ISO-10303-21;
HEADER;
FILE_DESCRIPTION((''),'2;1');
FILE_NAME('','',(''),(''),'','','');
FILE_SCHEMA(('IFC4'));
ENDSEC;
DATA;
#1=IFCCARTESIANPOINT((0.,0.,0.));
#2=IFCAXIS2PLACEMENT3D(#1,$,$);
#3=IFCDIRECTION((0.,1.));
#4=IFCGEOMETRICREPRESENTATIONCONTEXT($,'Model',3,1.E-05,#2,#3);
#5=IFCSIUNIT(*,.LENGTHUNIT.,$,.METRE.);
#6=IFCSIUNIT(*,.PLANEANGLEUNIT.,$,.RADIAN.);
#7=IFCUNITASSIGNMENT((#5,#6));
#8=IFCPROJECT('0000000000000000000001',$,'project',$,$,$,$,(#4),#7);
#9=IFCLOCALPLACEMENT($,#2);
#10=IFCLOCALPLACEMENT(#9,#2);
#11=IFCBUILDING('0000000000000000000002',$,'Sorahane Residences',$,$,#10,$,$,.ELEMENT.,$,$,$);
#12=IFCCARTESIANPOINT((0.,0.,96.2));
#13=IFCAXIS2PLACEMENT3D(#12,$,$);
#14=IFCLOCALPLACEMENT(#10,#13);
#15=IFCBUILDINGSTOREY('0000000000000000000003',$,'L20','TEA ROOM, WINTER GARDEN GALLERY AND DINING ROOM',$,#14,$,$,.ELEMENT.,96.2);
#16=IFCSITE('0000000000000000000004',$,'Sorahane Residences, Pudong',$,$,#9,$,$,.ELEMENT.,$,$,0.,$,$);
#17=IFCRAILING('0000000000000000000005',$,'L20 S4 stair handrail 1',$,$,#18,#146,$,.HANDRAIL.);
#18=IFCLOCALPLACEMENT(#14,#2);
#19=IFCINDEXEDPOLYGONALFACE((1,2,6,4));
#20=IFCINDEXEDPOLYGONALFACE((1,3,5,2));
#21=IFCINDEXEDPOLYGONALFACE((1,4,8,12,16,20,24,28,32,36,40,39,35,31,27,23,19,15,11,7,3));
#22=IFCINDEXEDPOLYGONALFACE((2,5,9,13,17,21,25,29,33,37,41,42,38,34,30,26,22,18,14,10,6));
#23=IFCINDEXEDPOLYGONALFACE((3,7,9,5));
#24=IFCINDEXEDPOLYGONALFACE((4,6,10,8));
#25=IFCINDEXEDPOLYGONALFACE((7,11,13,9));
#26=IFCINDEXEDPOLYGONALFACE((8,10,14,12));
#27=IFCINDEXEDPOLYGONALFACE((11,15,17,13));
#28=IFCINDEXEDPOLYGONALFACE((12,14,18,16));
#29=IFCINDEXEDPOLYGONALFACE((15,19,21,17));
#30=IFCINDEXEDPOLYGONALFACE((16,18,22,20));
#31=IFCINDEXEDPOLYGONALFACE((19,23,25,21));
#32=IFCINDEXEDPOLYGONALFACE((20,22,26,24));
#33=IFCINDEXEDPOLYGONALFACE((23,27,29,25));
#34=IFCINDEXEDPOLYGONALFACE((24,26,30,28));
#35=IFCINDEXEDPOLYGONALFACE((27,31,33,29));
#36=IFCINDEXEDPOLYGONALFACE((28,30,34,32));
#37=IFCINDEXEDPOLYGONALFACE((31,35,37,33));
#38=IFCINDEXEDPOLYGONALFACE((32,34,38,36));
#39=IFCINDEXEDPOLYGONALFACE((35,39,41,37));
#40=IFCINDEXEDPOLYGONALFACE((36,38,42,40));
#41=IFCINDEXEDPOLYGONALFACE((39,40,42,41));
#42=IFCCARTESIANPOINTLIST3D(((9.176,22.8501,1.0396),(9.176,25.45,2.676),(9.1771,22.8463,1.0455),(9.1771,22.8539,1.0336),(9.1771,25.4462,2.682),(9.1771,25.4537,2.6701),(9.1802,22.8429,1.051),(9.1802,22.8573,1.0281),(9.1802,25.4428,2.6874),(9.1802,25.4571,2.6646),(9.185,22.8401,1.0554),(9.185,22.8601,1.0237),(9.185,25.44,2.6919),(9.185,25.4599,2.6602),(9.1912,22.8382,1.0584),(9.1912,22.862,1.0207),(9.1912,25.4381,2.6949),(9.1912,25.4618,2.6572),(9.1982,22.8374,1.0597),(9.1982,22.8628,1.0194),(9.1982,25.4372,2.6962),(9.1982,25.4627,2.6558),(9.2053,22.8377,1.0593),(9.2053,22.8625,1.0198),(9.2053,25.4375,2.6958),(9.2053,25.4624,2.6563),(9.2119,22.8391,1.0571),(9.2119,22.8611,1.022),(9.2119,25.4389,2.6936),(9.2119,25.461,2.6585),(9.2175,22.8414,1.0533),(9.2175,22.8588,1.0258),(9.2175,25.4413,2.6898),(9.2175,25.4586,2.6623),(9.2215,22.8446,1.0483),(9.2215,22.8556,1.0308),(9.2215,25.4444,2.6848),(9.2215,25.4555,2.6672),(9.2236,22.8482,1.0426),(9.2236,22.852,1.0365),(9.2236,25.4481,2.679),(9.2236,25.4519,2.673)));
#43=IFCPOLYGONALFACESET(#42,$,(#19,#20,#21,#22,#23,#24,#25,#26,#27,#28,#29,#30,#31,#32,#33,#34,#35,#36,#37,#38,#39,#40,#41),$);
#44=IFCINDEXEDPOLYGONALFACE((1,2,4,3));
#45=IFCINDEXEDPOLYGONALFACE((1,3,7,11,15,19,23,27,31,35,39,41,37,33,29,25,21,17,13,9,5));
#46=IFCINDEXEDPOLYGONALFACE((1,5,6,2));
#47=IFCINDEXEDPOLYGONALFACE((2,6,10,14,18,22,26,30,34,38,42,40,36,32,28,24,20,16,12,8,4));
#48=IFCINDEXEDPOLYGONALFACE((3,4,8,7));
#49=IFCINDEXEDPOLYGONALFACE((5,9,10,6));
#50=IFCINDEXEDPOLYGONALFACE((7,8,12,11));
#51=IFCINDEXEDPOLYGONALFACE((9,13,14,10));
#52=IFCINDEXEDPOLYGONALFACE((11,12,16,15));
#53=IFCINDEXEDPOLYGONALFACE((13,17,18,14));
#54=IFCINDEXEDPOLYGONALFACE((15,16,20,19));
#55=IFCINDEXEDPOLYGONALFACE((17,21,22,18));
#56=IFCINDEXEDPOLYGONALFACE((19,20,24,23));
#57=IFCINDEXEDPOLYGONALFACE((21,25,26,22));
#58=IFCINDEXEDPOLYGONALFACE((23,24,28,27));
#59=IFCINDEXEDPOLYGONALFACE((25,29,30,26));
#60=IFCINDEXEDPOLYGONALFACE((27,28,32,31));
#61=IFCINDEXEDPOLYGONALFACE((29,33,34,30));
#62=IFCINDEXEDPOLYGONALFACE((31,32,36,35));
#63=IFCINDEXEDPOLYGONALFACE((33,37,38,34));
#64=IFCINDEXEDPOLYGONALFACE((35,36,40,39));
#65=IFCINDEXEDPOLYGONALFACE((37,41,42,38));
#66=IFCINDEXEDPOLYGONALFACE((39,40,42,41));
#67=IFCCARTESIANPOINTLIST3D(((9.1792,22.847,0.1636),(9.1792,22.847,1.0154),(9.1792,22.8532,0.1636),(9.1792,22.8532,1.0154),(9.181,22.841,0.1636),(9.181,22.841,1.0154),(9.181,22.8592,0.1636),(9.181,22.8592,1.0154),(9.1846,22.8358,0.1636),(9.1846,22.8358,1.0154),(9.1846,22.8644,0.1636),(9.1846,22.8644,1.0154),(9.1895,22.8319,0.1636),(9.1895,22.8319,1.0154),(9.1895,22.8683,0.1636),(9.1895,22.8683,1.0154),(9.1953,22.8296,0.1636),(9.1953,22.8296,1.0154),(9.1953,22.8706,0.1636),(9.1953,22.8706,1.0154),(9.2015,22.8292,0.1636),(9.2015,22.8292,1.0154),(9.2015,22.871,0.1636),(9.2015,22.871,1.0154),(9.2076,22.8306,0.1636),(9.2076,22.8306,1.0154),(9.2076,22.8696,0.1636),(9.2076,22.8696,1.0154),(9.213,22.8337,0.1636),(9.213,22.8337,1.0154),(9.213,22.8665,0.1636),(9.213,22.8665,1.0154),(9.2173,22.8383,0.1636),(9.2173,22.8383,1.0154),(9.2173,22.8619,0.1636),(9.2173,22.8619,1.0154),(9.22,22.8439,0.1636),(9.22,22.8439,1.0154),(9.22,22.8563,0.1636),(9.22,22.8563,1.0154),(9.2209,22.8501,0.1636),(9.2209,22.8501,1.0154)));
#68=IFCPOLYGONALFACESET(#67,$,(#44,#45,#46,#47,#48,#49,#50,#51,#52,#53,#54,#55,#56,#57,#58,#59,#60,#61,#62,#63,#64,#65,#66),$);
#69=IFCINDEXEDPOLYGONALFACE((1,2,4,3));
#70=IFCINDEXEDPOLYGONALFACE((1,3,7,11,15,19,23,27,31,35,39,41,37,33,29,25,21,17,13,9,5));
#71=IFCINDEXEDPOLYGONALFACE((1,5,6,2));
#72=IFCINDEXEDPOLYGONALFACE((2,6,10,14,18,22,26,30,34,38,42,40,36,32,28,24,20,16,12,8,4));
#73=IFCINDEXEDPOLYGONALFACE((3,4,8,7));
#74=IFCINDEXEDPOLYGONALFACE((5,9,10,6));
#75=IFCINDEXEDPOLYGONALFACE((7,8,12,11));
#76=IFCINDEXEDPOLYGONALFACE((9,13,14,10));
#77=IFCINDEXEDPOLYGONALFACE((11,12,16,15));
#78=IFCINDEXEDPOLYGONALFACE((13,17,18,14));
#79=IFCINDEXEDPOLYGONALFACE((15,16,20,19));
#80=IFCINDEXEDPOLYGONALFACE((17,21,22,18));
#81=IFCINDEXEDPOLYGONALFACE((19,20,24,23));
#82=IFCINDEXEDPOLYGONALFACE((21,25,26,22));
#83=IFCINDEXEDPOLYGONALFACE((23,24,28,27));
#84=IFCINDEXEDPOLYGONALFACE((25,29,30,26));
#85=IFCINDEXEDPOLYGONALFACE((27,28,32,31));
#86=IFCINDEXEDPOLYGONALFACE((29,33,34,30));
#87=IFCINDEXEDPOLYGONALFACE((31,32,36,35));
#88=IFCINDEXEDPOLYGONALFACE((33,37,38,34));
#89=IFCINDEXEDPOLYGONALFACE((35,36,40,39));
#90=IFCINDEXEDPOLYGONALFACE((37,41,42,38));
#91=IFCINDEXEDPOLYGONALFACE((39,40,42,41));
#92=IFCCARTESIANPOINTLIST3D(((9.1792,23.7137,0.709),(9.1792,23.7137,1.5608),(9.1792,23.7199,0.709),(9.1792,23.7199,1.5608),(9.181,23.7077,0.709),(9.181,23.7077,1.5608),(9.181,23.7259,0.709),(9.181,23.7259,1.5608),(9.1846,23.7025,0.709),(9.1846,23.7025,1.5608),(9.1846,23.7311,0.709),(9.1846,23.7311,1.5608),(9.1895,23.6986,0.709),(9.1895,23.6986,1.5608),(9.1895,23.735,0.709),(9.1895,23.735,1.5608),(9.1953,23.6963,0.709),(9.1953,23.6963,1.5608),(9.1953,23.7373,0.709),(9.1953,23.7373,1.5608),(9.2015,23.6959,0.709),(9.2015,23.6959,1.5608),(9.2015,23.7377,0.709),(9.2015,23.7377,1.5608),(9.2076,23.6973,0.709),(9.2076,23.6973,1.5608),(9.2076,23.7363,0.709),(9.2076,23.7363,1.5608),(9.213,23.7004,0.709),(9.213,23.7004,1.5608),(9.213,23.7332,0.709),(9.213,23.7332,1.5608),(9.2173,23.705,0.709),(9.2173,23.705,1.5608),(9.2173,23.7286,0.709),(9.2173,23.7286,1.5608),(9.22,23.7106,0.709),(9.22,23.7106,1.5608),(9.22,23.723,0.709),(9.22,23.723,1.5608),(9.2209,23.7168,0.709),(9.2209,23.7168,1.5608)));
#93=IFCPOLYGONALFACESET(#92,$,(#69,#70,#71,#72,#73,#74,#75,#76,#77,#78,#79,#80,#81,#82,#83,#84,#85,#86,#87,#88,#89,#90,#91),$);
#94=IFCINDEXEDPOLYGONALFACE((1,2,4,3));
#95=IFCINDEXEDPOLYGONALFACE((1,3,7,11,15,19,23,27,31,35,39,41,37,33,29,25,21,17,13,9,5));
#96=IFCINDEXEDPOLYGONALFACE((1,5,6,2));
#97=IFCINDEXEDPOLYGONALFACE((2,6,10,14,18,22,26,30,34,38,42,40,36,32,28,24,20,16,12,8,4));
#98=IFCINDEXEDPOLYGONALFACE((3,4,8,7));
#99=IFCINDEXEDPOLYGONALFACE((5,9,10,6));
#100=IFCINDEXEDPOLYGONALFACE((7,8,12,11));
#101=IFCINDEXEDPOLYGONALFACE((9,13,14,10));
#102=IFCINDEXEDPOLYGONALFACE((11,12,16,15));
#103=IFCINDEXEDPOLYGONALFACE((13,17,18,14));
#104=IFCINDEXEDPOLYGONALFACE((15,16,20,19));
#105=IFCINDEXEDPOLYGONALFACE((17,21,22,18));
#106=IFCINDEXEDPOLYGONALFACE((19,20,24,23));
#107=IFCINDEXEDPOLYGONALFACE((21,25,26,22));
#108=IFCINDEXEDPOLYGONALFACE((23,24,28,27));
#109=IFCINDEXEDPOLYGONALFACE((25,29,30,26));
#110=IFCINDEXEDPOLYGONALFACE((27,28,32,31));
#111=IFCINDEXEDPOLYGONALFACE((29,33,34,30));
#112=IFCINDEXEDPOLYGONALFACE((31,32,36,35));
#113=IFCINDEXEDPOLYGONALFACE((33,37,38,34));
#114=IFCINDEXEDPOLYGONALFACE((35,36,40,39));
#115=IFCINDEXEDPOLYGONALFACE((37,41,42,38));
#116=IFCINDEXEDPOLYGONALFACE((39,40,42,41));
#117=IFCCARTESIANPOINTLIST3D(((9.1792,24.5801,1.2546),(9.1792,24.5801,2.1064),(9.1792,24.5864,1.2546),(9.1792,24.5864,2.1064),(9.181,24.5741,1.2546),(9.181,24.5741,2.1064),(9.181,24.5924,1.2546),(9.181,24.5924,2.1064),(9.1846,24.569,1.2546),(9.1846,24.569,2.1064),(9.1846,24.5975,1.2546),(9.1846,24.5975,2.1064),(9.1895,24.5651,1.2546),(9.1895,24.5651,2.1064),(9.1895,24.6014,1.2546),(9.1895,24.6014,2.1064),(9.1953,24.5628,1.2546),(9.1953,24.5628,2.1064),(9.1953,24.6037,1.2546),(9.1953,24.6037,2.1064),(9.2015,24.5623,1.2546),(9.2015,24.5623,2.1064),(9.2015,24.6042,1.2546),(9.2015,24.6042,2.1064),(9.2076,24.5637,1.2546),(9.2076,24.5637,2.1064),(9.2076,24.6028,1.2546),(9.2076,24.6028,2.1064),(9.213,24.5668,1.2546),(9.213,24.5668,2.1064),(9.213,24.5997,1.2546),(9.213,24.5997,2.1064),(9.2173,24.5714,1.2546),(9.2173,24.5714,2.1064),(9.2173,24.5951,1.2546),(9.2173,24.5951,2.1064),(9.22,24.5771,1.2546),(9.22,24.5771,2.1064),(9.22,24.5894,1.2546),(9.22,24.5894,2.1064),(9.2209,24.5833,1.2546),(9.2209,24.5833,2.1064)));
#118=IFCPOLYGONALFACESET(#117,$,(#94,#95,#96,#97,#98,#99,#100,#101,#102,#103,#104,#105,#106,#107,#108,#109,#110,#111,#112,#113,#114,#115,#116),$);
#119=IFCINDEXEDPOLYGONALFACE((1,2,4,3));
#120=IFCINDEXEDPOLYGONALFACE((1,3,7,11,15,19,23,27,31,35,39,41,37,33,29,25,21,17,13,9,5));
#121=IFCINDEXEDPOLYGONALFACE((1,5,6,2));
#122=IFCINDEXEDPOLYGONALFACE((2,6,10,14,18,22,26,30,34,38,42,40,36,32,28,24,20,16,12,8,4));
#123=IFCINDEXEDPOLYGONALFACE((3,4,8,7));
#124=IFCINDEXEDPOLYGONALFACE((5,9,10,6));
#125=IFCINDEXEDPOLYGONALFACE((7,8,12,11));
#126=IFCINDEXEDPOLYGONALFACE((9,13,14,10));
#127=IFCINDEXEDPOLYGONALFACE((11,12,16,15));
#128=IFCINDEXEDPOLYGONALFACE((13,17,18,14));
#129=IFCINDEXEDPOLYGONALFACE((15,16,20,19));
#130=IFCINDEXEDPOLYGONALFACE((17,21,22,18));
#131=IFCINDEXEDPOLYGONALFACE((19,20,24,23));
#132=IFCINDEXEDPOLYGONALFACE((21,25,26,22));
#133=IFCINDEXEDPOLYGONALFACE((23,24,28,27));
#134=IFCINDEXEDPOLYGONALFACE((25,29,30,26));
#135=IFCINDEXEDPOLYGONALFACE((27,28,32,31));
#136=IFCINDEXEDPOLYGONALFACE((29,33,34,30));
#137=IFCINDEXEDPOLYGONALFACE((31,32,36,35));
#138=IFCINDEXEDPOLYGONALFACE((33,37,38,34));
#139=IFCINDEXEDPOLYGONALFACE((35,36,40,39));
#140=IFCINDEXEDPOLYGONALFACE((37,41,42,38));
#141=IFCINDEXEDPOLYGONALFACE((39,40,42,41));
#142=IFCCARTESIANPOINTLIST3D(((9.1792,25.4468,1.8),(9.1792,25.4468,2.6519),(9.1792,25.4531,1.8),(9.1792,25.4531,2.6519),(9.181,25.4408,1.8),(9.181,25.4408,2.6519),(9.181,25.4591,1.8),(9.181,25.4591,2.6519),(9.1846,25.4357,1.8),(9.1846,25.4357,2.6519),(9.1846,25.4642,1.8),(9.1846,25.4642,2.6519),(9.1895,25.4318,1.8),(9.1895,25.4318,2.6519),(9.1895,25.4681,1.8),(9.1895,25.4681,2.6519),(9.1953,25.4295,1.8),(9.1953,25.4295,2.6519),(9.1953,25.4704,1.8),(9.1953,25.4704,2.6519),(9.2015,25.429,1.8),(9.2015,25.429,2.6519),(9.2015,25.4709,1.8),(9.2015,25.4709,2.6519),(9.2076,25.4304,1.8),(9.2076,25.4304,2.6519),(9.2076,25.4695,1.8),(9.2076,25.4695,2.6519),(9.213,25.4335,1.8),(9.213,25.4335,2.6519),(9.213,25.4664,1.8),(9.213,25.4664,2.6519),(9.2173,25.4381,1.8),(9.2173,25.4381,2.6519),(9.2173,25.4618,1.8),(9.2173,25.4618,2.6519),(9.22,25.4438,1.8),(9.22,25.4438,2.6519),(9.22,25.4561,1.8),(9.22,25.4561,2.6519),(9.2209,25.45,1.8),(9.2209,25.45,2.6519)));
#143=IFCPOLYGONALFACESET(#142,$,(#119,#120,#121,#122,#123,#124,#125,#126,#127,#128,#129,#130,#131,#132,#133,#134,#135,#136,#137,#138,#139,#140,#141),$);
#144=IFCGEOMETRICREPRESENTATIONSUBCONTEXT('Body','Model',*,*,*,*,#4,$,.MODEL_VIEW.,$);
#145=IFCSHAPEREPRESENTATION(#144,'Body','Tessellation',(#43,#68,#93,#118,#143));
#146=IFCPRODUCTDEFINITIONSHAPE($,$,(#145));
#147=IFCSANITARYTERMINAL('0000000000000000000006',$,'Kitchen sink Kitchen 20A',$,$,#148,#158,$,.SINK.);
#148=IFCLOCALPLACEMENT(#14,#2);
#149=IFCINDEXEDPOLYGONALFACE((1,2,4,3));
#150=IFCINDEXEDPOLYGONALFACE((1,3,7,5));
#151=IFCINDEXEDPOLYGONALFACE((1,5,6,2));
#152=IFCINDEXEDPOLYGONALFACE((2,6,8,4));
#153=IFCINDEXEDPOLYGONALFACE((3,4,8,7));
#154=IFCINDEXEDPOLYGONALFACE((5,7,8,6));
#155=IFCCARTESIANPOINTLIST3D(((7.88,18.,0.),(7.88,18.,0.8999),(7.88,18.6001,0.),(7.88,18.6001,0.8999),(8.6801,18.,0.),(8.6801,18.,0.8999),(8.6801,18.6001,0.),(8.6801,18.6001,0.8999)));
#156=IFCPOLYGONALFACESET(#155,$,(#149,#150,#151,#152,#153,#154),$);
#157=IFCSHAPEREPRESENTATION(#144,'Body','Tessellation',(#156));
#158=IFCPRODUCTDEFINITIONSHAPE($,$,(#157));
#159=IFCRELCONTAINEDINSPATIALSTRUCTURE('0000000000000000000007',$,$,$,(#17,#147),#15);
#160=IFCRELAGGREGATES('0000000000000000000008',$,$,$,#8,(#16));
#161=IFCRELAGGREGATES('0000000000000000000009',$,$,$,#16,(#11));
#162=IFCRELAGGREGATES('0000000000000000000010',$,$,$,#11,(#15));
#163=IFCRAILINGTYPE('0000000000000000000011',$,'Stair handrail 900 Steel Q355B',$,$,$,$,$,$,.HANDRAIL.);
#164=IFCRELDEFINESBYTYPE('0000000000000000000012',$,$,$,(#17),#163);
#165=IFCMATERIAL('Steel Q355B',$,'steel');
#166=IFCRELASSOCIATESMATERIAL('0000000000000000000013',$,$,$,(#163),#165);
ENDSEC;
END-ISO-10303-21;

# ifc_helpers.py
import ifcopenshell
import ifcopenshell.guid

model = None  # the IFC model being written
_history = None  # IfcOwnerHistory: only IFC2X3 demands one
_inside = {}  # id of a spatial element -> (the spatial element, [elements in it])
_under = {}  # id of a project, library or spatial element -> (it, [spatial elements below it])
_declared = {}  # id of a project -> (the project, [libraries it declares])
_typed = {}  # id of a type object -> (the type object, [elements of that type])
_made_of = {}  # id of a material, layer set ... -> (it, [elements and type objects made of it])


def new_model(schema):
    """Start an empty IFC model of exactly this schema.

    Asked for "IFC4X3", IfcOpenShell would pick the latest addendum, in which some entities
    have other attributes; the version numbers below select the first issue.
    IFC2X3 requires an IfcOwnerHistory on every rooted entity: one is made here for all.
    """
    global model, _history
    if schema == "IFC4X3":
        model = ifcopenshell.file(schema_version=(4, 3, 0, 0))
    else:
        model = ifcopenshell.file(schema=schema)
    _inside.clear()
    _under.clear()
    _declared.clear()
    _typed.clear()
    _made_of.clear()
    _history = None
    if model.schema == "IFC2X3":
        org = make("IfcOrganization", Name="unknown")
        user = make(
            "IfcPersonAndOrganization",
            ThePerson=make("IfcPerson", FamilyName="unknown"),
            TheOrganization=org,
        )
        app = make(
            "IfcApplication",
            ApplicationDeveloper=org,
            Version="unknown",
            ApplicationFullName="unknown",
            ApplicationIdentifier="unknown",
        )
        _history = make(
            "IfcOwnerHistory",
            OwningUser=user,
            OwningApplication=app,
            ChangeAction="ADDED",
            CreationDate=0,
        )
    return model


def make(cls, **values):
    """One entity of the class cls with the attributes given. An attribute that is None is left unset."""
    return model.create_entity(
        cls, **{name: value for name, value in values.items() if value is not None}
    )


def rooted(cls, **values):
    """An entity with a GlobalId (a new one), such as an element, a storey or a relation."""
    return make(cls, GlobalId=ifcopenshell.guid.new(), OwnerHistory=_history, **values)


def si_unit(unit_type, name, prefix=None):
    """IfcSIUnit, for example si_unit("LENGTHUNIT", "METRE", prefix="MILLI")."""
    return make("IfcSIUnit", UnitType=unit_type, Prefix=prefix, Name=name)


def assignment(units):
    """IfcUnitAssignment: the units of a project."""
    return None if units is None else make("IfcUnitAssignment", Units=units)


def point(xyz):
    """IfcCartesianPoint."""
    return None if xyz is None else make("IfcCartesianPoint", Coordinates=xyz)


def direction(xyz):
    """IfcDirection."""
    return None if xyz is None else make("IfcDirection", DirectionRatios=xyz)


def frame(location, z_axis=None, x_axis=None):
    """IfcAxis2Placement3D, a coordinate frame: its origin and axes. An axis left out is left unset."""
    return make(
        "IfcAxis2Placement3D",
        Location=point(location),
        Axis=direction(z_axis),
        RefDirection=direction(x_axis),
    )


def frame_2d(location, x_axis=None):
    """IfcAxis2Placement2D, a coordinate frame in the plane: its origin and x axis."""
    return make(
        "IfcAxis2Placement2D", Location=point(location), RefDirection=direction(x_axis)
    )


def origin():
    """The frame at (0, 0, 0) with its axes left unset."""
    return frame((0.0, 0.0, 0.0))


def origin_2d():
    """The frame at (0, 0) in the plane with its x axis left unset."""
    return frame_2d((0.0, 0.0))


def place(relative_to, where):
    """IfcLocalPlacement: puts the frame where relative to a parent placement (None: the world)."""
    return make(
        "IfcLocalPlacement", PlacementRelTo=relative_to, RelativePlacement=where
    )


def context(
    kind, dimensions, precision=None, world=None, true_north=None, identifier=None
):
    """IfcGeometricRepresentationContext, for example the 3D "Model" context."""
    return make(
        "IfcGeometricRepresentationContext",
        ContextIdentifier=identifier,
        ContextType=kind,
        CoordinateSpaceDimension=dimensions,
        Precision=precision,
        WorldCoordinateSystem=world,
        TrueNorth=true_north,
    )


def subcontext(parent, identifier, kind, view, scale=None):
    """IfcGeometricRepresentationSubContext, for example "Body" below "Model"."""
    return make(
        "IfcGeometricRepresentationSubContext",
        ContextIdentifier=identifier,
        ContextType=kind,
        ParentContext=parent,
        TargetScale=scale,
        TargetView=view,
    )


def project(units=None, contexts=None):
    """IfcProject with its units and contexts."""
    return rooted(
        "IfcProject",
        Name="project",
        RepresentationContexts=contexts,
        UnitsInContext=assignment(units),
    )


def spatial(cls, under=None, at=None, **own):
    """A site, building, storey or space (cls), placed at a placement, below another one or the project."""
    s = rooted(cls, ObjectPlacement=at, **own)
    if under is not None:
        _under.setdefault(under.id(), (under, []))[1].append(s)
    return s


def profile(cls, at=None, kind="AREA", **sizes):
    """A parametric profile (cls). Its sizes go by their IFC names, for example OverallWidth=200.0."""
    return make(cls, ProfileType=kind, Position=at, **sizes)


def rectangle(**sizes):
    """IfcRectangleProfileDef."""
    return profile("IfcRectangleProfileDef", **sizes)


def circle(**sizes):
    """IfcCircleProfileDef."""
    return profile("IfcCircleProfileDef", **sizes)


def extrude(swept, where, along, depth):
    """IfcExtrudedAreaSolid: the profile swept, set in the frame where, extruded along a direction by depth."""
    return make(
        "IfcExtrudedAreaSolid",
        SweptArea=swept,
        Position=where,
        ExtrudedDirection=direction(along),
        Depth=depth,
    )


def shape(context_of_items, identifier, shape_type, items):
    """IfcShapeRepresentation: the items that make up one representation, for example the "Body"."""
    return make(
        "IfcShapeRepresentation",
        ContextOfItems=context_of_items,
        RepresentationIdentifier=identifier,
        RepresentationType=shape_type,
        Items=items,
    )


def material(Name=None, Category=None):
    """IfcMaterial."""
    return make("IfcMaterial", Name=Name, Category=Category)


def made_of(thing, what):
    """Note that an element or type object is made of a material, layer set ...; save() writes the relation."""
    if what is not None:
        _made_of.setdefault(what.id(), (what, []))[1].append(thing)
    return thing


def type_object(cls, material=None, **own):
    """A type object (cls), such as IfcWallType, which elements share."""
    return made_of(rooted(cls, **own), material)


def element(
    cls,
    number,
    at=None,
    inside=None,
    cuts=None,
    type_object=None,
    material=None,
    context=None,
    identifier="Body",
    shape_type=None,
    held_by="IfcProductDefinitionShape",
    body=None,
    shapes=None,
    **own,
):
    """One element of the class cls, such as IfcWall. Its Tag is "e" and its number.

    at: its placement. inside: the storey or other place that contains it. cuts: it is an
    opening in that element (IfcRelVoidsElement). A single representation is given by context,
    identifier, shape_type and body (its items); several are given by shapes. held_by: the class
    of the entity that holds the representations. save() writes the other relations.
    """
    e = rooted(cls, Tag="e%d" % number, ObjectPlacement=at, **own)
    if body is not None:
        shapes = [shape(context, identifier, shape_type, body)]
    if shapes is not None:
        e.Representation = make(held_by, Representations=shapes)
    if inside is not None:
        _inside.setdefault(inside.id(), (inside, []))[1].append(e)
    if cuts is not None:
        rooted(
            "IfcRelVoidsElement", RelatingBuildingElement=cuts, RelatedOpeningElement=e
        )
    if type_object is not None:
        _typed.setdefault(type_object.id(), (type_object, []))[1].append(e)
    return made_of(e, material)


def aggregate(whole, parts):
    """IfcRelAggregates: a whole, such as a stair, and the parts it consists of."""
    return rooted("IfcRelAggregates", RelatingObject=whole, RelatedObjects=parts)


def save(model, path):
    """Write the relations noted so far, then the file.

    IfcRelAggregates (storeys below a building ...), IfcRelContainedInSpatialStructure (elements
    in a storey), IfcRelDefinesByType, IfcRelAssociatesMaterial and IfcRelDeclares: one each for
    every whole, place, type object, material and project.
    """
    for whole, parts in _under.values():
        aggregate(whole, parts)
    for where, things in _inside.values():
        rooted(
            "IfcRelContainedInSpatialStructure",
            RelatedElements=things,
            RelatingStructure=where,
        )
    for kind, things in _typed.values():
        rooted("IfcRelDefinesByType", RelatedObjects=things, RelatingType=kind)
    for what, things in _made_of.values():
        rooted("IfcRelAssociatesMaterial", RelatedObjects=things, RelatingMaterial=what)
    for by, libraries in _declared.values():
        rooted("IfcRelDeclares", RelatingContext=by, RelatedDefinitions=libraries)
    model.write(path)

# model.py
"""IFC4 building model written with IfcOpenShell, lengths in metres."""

from ifc_helpers import new_model, si_unit, direction, frame, origin, origin_2d, place, context, subcontext, project, spatial, rectangle, circle, extrude, material, type_object, element, save


model = new_model("IFC4")

# Units and contexts
model_context = context("Model", 3, precision=1e-05, world=origin(), true_north=direction((0.0, 1.0)))
body_context = subcontext(model_context, "Body", "Model", "MODEL_VIEW")
ifc_project = project(units=[si_unit("LENGTHUNIT", "METRE"), si_unit("PLANEANGLEUNIT", "RADIAN")], contexts=[model_context])

# Site, building, storey
site_placement = place(None, origin())
site = spatial("IfcSite", under=ifc_project, at=site_placement, Name="Sorahane Residences, Pudong", CompositionType="ELEMENT", RefElevation=0.0)
building_placement = place(site_placement, origin())
building = spatial("IfcBuilding", under=site, at=building_placement, Name="Sorahane Residences", CompositionType="ELEMENT")
storey_placement = place(building_placement, frame((0.0, 0.0, 96.2)))
storey = spatial("IfcBuildingStorey", under=building, at=storey_placement, Name="L20", Description="TEA ROOM, WINTER GARDEN GALLERY AND DINING ROOM", CompositionType="ELEMENT", Elevation=96.2)

# Railing
ifc_material_1 = material(Name="Steel Q355B", Category="steel")
railing_type_1 = type_object("IfcRailingType", Name="Stair handrail 900 Steel Q355B", PredefinedType="HANDRAIL", material=ifc_material_1)
railing_1_placement = place(storey_placement, frame((9.2, 22.8501, 0.1636)))
element("IfcRailing", 1, at=railing_1_placement, inside=storey, type_object=railing_type_1, Name="L20 S4 stair handrail 1", PredefinedType="HANDRAIL", context=body_context, shape_type="SweptSolid", body=[
    extrude(circle(Radius=0.0239, at=origin_2d()), frame((0.0, 0.0, 0.876), z_axis=(0.0, 0.846302, 0.532704), x_axis=(-1.0, 0.0, 0.0)), (0.0, 0.0, 1.0), 3.072),
    extrude(circle(Radius=0.021, at=origin_2d()), origin(), (0.0, 0.0, 1.0), 0.8518),
    extrude(circle(Radius=0.021, at=origin_2d()), frame((0.0, 0.8667, 0.5454)), (0.0, 0.0, 1.0), 0.8518),
    extrude(circle(Radius=0.021, at=origin_2d()), frame((0.0, 1.7332, 1.0911)), (0.0, 0.0, 1.0), 0.8518),
    extrude(circle(Radius=0.021, at=origin_2d()), frame((0.0, 2.5999, 1.6365)), (0.0, 0.0, 1.0), 0.8518),
])

# Sanitary terminal
sanitary_terminal_placement = place(storey_placement, frame((8.28, 18.3, 0.0), z_axis=(0.0, 0.0, 1.0), x_axis=(1.0, 0.0, 0.0)))
element("IfcSanitaryTerminal", 2, at=sanitary_terminal_placement, inside=storey, Name="Kitchen sink Kitchen 20A", PredefinedType="SINK", context=body_context, shape_type="SweptSolid", body=[
    extrude(rectangle(XDim=0.8, YDim=0.6001, at=origin_2d()), origin(), (0.0, 0.0, 1.0), 0.8999),
])

save(model, "model.ifc")
